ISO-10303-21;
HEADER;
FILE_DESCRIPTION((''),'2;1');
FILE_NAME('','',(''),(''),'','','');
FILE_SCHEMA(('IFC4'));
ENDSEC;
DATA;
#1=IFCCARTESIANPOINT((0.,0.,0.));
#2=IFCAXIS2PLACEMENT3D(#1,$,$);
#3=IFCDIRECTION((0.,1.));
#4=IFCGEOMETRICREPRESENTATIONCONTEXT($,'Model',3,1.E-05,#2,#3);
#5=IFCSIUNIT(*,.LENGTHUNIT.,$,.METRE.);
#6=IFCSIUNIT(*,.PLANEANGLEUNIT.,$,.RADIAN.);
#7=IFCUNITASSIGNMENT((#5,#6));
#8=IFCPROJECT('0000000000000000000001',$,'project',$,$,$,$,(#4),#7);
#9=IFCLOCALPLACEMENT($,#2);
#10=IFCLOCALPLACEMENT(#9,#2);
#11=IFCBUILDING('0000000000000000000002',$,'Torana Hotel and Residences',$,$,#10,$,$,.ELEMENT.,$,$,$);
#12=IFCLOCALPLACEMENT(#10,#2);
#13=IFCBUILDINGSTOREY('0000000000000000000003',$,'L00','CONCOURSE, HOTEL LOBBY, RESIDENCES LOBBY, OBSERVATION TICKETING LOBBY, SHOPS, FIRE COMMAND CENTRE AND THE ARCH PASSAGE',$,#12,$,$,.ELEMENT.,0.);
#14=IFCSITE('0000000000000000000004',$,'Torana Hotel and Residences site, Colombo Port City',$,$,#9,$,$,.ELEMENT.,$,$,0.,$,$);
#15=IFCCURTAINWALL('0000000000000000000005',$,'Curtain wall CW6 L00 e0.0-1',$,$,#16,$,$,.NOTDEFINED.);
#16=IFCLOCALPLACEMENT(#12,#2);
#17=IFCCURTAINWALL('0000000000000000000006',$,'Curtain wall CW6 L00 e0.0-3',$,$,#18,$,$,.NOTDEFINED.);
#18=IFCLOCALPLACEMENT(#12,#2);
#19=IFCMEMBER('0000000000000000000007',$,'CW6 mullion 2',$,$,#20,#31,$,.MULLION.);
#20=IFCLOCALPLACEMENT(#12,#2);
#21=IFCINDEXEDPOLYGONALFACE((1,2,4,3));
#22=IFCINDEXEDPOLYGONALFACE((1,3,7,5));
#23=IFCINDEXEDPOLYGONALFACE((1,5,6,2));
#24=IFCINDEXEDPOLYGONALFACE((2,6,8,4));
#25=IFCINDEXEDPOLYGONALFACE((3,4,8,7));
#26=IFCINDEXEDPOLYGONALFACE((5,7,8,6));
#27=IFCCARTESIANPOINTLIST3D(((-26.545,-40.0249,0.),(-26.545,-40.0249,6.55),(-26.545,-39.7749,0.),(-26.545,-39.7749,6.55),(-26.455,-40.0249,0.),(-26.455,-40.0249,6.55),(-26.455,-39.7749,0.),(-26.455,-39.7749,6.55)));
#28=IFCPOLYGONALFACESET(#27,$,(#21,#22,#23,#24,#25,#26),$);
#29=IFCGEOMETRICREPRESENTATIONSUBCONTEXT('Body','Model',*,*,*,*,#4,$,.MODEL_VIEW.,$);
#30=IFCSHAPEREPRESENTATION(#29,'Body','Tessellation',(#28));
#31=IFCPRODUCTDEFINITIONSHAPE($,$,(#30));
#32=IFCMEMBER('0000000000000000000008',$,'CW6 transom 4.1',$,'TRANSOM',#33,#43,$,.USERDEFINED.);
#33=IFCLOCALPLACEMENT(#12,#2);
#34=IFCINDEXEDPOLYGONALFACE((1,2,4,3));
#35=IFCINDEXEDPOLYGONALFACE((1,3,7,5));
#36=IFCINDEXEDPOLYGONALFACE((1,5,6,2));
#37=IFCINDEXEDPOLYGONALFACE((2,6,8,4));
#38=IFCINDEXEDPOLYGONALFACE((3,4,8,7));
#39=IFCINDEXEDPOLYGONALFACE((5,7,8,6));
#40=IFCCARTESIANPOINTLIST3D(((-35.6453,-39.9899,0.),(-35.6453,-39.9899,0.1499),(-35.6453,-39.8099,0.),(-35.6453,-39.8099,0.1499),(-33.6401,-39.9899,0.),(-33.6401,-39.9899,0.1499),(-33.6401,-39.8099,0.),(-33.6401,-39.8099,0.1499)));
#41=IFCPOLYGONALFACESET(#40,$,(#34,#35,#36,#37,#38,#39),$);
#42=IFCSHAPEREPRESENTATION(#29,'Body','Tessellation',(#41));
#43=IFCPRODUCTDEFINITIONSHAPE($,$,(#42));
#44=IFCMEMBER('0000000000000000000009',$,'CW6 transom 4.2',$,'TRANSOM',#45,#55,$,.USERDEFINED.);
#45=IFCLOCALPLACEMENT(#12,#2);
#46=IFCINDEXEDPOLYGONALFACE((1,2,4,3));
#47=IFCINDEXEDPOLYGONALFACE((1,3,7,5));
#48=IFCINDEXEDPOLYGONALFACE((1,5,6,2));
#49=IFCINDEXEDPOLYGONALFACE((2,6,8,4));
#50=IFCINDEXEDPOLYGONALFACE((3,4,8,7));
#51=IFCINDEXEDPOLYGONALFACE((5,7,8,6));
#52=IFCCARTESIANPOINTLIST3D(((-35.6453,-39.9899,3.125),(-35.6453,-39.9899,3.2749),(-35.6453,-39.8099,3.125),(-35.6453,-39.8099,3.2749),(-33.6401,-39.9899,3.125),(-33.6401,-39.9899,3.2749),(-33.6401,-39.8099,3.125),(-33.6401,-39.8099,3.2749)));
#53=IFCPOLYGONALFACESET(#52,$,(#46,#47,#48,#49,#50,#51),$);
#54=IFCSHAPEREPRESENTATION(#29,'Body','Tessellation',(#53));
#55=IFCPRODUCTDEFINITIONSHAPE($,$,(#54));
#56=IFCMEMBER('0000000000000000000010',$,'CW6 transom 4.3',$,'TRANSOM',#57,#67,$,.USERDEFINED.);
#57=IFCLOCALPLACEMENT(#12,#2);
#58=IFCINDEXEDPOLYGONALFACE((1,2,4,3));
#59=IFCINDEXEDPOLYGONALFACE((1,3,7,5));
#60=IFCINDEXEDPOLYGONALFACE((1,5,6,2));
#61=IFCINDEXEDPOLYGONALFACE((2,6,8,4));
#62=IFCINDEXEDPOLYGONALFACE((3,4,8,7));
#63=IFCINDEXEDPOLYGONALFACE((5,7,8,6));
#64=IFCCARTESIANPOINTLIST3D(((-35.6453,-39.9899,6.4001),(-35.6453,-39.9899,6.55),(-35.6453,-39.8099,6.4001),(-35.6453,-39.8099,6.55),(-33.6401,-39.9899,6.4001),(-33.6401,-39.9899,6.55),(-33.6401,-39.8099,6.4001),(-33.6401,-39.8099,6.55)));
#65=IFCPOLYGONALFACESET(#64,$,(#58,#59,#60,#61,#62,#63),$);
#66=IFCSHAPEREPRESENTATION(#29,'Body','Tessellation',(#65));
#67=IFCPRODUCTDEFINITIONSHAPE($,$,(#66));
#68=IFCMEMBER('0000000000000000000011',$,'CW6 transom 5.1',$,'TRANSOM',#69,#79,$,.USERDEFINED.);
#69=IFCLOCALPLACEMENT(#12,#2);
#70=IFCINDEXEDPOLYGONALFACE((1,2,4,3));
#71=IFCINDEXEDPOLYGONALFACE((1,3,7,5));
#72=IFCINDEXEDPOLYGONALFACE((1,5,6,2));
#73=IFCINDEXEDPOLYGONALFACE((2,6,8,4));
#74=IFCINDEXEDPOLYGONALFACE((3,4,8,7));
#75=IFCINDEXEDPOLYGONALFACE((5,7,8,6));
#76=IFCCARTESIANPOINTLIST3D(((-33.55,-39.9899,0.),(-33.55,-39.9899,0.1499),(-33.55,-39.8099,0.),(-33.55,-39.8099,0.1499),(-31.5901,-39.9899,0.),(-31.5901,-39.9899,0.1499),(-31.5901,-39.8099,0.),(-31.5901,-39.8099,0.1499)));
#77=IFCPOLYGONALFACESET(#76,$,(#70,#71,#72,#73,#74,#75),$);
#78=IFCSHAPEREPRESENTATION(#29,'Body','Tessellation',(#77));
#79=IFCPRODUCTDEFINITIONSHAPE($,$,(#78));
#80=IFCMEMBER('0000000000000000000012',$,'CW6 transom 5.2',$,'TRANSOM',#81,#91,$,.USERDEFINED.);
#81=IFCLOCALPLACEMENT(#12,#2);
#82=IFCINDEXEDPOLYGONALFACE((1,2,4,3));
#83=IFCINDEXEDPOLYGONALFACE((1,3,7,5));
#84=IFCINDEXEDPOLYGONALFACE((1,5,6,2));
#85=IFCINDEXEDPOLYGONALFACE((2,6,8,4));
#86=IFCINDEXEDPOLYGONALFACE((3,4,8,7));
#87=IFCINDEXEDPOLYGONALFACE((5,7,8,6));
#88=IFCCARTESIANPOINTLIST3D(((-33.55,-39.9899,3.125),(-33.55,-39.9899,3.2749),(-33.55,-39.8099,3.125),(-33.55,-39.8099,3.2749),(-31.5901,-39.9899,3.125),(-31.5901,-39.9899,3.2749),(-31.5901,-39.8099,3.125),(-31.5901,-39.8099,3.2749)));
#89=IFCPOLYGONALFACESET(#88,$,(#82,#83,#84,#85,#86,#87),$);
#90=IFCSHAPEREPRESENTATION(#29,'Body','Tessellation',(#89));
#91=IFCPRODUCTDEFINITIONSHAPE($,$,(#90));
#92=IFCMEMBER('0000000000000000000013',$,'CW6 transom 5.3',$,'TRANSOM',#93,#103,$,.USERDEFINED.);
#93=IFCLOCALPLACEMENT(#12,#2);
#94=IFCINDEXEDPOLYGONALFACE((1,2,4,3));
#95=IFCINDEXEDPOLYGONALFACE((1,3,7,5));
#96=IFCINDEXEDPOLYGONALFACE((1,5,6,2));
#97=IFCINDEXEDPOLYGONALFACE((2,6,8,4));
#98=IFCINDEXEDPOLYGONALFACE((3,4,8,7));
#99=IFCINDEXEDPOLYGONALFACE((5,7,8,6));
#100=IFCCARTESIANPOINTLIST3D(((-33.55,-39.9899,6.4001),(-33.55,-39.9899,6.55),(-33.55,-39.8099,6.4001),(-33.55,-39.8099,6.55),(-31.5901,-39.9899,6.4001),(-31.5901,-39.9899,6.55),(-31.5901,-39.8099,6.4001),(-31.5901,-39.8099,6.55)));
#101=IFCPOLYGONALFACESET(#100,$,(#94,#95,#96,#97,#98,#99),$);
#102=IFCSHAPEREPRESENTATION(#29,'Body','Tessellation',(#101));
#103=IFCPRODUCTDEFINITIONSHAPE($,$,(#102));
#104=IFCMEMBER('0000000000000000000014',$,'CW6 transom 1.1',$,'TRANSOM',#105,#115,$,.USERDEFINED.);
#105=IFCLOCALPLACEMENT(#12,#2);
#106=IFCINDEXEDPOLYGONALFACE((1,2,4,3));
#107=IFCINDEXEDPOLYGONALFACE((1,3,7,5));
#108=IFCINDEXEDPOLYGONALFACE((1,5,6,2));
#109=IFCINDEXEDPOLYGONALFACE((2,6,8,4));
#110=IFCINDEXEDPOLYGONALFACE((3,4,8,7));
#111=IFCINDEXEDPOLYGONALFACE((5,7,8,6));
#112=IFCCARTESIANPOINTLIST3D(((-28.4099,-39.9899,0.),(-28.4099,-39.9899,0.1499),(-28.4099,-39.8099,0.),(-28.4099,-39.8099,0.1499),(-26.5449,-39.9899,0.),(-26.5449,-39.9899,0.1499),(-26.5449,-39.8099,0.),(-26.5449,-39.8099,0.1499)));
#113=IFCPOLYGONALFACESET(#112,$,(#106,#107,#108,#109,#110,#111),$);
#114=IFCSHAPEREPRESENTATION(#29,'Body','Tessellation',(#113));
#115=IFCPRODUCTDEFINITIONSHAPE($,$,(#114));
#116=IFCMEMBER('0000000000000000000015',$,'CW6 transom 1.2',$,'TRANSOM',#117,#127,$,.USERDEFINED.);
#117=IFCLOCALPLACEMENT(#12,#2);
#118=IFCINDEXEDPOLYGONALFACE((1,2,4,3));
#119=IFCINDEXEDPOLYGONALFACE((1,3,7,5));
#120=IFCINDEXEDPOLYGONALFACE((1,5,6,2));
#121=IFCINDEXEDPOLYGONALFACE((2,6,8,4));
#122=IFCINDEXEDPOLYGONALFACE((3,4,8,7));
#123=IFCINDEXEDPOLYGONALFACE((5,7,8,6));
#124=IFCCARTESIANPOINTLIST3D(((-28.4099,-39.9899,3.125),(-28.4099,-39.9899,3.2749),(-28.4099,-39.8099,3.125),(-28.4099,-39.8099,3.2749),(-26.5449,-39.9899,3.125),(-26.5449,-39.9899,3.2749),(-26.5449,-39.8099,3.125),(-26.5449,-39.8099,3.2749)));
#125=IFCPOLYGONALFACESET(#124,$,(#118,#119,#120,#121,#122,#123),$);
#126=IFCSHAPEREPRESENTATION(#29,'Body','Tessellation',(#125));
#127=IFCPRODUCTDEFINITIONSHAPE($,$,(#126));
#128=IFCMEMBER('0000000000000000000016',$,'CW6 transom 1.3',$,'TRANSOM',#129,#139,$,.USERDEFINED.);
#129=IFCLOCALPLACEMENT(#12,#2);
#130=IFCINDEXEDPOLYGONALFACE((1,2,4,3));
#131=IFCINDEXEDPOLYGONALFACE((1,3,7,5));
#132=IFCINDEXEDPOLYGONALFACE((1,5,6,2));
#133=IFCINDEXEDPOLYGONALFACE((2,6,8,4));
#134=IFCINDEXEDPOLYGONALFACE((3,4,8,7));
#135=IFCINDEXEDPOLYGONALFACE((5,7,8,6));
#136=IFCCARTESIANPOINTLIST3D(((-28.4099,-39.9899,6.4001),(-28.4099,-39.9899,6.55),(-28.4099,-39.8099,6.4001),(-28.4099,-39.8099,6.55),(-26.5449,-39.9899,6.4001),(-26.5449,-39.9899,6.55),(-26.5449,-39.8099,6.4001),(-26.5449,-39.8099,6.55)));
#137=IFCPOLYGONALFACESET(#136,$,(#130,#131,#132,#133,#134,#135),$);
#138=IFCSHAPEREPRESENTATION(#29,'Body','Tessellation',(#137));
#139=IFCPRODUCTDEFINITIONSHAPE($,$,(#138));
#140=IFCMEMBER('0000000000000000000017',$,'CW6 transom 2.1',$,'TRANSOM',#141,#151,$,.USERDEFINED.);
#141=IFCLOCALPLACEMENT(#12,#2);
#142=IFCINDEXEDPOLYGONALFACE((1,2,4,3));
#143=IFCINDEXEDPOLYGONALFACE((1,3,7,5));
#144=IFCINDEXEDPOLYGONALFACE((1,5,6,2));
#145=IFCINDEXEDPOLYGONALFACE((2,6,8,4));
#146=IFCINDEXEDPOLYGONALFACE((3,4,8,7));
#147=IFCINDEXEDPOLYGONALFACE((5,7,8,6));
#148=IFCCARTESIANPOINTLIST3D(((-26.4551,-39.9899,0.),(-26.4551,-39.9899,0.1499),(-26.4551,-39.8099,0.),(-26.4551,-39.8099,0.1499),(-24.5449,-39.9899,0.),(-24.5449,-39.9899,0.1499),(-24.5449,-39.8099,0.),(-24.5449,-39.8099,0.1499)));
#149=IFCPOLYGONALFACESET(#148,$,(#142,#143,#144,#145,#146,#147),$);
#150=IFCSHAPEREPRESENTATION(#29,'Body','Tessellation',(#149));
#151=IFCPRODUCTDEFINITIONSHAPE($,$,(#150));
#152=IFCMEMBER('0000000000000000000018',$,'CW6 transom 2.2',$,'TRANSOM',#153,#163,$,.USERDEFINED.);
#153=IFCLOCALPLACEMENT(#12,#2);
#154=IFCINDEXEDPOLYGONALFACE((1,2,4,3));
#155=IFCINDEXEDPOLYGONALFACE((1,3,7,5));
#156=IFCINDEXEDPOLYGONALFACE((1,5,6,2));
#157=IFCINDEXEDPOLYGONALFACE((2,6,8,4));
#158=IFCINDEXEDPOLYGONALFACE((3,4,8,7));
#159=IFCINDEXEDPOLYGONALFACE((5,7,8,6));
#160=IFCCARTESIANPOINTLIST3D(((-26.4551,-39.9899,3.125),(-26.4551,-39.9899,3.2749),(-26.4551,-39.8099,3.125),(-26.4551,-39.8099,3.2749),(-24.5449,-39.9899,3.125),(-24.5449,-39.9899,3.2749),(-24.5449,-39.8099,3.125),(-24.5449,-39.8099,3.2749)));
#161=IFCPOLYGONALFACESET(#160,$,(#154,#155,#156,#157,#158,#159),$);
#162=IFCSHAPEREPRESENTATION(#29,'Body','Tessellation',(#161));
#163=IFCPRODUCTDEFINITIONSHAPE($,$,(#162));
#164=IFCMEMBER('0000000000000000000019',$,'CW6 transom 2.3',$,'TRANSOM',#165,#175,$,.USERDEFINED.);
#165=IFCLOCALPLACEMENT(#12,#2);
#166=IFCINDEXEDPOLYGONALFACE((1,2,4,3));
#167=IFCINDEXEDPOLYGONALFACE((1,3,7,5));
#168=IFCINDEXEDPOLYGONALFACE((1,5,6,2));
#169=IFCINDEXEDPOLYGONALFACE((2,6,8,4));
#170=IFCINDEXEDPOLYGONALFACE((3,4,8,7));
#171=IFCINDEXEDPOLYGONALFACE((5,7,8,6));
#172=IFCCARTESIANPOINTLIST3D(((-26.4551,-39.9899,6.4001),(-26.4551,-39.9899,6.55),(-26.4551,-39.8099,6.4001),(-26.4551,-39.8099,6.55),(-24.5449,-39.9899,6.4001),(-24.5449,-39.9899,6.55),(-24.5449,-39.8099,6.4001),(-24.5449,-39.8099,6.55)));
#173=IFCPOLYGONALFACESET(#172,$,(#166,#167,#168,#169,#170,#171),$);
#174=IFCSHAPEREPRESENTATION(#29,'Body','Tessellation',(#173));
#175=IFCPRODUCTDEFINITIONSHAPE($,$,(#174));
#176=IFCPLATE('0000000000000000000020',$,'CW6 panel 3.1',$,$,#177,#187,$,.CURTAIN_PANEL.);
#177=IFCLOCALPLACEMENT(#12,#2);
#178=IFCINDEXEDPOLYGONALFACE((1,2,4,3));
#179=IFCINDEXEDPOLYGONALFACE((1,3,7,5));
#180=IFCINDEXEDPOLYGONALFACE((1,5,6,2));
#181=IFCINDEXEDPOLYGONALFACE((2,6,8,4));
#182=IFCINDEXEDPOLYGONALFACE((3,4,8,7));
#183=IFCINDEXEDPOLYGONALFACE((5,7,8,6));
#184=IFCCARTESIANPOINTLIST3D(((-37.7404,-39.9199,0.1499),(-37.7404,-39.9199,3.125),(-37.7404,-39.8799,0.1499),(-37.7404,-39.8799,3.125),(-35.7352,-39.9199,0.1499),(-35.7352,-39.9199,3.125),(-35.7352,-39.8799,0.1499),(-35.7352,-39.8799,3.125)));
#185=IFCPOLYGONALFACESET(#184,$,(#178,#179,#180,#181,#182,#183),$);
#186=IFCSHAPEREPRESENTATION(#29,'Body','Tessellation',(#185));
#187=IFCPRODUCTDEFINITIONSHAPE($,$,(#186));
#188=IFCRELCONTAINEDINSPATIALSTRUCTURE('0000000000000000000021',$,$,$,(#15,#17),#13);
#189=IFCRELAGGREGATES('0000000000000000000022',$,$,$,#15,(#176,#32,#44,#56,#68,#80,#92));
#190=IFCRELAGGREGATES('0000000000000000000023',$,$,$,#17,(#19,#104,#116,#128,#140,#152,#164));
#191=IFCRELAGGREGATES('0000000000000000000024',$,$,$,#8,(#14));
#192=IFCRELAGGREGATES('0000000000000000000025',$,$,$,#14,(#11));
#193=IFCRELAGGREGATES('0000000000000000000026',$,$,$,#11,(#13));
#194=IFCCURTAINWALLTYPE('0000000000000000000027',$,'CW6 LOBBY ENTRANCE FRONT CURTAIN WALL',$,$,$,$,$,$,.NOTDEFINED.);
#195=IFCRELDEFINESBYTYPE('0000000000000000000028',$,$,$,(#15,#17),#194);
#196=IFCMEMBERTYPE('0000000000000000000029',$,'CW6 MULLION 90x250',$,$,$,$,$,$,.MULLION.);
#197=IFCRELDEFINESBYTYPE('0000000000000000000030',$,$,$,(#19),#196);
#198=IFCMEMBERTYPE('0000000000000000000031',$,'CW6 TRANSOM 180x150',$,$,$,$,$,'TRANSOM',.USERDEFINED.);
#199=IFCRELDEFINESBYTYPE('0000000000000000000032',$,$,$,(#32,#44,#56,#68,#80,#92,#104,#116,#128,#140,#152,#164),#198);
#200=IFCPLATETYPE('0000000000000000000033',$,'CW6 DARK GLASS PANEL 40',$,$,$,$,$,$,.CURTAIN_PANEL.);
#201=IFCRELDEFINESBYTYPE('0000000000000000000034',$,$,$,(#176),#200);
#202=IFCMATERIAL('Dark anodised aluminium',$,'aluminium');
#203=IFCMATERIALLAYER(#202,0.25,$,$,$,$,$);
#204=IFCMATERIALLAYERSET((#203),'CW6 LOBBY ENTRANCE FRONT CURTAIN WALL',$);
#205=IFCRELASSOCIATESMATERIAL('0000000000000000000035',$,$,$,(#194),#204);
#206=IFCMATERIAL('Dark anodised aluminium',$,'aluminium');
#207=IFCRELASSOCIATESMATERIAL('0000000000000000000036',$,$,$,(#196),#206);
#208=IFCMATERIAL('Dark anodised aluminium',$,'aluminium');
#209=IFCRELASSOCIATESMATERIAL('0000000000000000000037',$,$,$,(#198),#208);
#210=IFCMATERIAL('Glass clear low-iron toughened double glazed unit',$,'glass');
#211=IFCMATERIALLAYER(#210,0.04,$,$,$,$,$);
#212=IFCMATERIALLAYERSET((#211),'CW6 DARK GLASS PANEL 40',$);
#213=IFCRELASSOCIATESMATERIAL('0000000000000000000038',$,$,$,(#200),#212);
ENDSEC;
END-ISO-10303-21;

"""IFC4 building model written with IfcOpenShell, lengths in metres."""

from ifc_helpers import new_model, si_unit, direction, frame, origin, origin_2d, place, context, subcontext, project, spatial, rectangle, extrude, material, layer, layer_set, material_profile, profile_set, type_object, element, aggregate, save


model = new_model("IFC4")

# Units and contexts
model_context = context("Model", 3, precision=1e-05, world=origin(), true_north=direction((0.0, 1.0)))
body_context = subcontext(model_context, "Body", "Model", "MODEL_VIEW")
ifc_project = project(units=[si_unit("LENGTHUNIT", "METRE"), si_unit("PLANEANGLEUNIT", "RADIAN")], contexts=[model_context])

# Site, building, storey
site_placement = place(None, origin())
site = spatial("IfcSite", under=ifc_project, at=site_placement, Name="Torana Hotel and Residences site, Colombo Port City", CompositionType="ELEMENT", RefElevation=0.0)
building_placement = place(site_placement, origin())
building = spatial("IfcBuilding", under=site, at=building_placement, Name="Torana Hotel and Residences", CompositionType="ELEMENT")
storey_placement = place(building_placement, origin())
storey = spatial("IfcBuildingStorey", under=building, at=storey_placement, Name="L00", Description="CONCOURSE, HOTEL LOBBY, RESIDENCES LOBBY, OBSERVATION TICKETING LOBBY, SHOPS, FIRE COMMAND CENTRE AND THE ARCH PASSAGE", CompositionType="ELEMENT", Elevation=0.0)

# Curtain walls, member
ifc_material_1 = material(Name="Dark anodised aluminium", Category="aluminium")
ifc_layer_1 = layer(ifc_material_1, 0.25)
ifc_layer_set_1 = layer_set([ifc_layer_1], Name="CW6 LOBBY ENTRANCE FRONT CURTAIN WALL")
curtain_wall_type = type_object("IfcCurtainWallType", Name="CW6 LOBBY ENTRANCE FRONT CURTAIN WALL", PredefinedType="NOTDEFINED", material=ifc_layer_set_1)
curtain_wall_1_placement = place(storey_placement, origin())
curtain_wall_1 = element("IfcCurtainWall", 1, at=curtain_wall_1_placement, inside=storey, type_object=curtain_wall_type, Name="Curtain wall CW6 L00 e0.0-1", PredefinedType="NOTDEFINED")
ifc_material_2 = material(Name="Dark anodised aluminium", Category="aluminium")
ifc_material_profile_1 = material_profile(ifc_material_2, rectangle(XDim=0.25, YDim=0.0901, at=origin_2d()), Name="CW6 MULLION 90x250")
ifc_profile_set_1 = profile_set([ifc_material_profile_1], Name="Dark anodised aluminium")
member_type_1 = type_object("IfcMemberType", Name="CW6 MULLION 90x250", PredefinedType="MULLION", material=ifc_profile_set_1)
curtain_wall_2_placement = place(storey_placement, origin())
curtain_wall_2 = element("IfcCurtainWall", 2, at=curtain_wall_2_placement, inside=storey, type_object=curtain_wall_type, Name="Curtain wall CW6 L00 e0.0-3", PredefinedType="NOTDEFINED")
member_1_placement = place(storey_placement, frame((-26.5, -39.8999, 0.0), z_axis=(0.0, 0.0, 1.0), x_axis=(0.0, 1.0, 0.0)))
member_1 = element("IfcMember", 3, at=member_1_placement, type_object=member_type_1, Name="CW6 mullion 2", PredefinedType="MULLION", context=body_context, shape_type="SweptSolid", body=[
    extrude(rectangle(XDim=0.25, YDim=0.0901, at=origin_2d()), origin(), (0.0, 0.0, 1.0), 6.55),
])

# Members
ifc_material_3 = material(Name="Dark anodised aluminium", Category="aluminium")
ifc_material_profile_2 = material_profile(ifc_material_3, rectangle(XDim=0.1799, YDim=0.1499, at=origin_2d()), Name="CW6 TRANSOM 180x150")
ifc_profile_set_2 = profile_set([ifc_material_profile_2], Name="Dark anodised aluminium")
member_type_2 = type_object("IfcMemberType", Name="CW6 TRANSOM 180x150", ElementType="TRANSOM", PredefinedType="USERDEFINED", material=ifc_profile_set_2)
member_2_placement = place(storey_placement, frame((-35.6453, -39.8999, 0.075), z_axis=(1.0, 0.0, 0.0), x_axis=(0.0, 1.0, 0.0)))
member_2 = element("IfcMember", 4, at=member_2_placement, type_object=member_type_2, Name="CW6 transom 4.1", ObjectType="TRANSOM", PredefinedType="USERDEFINED", context=body_context, shape_type="SweptSolid", body=[
    extrude(rectangle(XDim=0.1799, YDim=0.1499, at=origin_2d()), origin(), (0.0, 0.0, 1.0), 2.0051),
])
member_3_placement = place(storey_placement, frame((-35.6453, -39.8999, 3.2), z_axis=(1.0, 0.0, 0.0), x_axis=(0.0, 1.0, 0.0)))
member_3 = element("IfcMember", 5, at=member_3_placement, type_object=member_type_2, Name="CW6 transom 4.2", ObjectType="TRANSOM", PredefinedType="USERDEFINED", context=body_context, shape_type="SweptSolid", body=[
    extrude(rectangle(XDim=0.1799, YDim=0.1499, at=origin_2d()), origin(), (0.0, 0.0, 1.0), 2.0051),
])
member_4_placement = place(storey_placement, frame((-35.6453, -39.8999, 6.4751), z_axis=(1.0, 0.0, 0.0), x_axis=(0.0, 1.0, 0.0)))
member_4 = element("IfcMember", 6, at=member_4_placement, type_object=member_type_2, Name="CW6 transom 4.3", ObjectType="TRANSOM", PredefinedType="USERDEFINED", context=body_context, shape_type="SweptSolid", body=[
    extrude(rectangle(XDim=0.1799, YDim=0.1499, at=origin_2d()), origin(), (0.0, 0.0, 1.0), 2.0051),
])
member_5_placement = place(storey_placement, frame((-33.55, -39.8999, 0.075), z_axis=(1.0, 0.0, 0.0), x_axis=(0.0, 1.0, 0.0)))
member_5 = element("IfcMember", 7, at=member_5_placement, type_object=member_type_2, Name="CW6 transom 5.1", ObjectType="TRANSOM", PredefinedType="USERDEFINED", context=body_context, shape_type="SweptSolid", body=[
    extrude(rectangle(XDim=0.1799, YDim=0.1499, at=origin_2d()), origin(), (0.0, 0.0, 1.0), 1.96),
])
member_6_placement = place(storey_placement, frame((-33.55, -39.8999, 3.2), z_axis=(1.0, 0.0, 0.0), x_axis=(0.0, 1.0, 0.0)))
member_6 = element("IfcMember", 8, at=member_6_placement, type_object=member_type_2, Name="CW6 transom 5.2", ObjectType="TRANSOM", PredefinedType="USERDEFINED", context=body_context, shape_type="SweptSolid", body=[
    extrude(rectangle(XDim=0.1799, YDim=0.1499, at=origin_2d()), origin(), (0.0, 0.0, 1.0), 1.96),
])
member_7_placement = place(storey_placement, frame((-33.55, -39.8999, 6.4751), z_axis=(1.0, 0.0, 0.0), x_axis=(0.0, 1.0, 0.0)))
member_7 = element("IfcMember", 9, at=member_7_placement, type_object=member_type_2, Name="CW6 transom 5.3", ObjectType="TRANSOM", PredefinedType="USERDEFINED", context=body_context, shape_type="SweptSolid", body=[
    extrude(rectangle(XDim=0.1799, YDim=0.1499, at=origin_2d()), origin(), (0.0, 0.0, 1.0), 1.96),
])
member_8_placement = place(storey_placement, frame((-28.4099, -39.8999, 0.075), z_axis=(1.0, 0.0, 0.0), x_axis=(0.0, 1.0, 0.0)))
member_8 = element("IfcMember", 10, at=member_8_placement, type_object=member_type_2, Name="CW6 transom 1.1", ObjectType="TRANSOM", PredefinedType="USERDEFINED", context=body_context, shape_type="SweptSolid", body=[
    extrude(rectangle(XDim=0.1799, YDim=0.1499, at=origin_2d()), origin(), (0.0, 0.0, 1.0), 1.865),
])
member_9_placement = place(storey_placement, frame((-28.4099, -39.8999, 3.2), z_axis=(1.0, 0.0, 0.0), x_axis=(0.0, 1.0, 0.0)))
member_9 = element("IfcMember", 11, at=member_9_placement, type_object=member_type_2, Name="CW6 transom 1.2", ObjectType="TRANSOM", PredefinedType="USERDEFINED", context=body_context, shape_type="SweptSolid", body=[
    extrude(rectangle(XDim=0.1799, YDim=0.1499, at=origin_2d()), origin(), (0.0, 0.0, 1.0), 1.865),
])
member_10_placement = place(storey_placement, frame((-28.4099, -39.8999, 6.4751), z_axis=(1.0, 0.0, 0.0), x_axis=(0.0, 1.0, 0.0)))
member_10 = element("IfcMember", 12, at=member_10_placement, type_object=member_type_2, Name="CW6 transom 1.3", ObjectType="TRANSOM", PredefinedType="USERDEFINED", context=body_context, shape_type="SweptSolid", body=[
    extrude(rectangle(XDim=0.1799, YDim=0.1499, at=origin_2d()), origin(), (0.0, 0.0, 1.0), 1.865),
])
member_11_placement = place(storey_placement, frame((-26.4551, -39.8999, 0.075), z_axis=(1.0, 0.0, 0.0), x_axis=(0.0, 1.0, 0.0)))
member_11 = element("IfcMember", 13, at=member_11_placement, type_object=member_type_2, Name="CW6 transom 2.1", ObjectType="TRANSOM", PredefinedType="USERDEFINED", context=body_context, shape_type="SweptSolid", body=[
    extrude(rectangle(XDim=0.1799, YDim=0.1499, at=origin_2d()), origin(), (0.0, 0.0, 1.0), 1.9102),
])
member_12_placement = place(storey_placement, frame((-26.4551, -39.8999, 3.2), z_axis=(1.0, 0.0, 0.0), x_axis=(0.0, 1.0, 0.0)))
member_12 = element("IfcMember", 14, at=member_12_placement, type_object=member_type_2, Name="CW6 transom 2.2", ObjectType="TRANSOM", PredefinedType="USERDEFINED", context=body_context, shape_type="SweptSolid", body=[
    extrude(rectangle(XDim=0.1799, YDim=0.1499, at=origin_2d()), origin(), (0.0, 0.0, 1.0), 1.9102),
])
member_13_placement = place(storey_placement, frame((-26.4551, -39.8999, 6.4751), z_axis=(1.0, 0.0, 0.0), x_axis=(0.0, 1.0, 0.0)))
member_13 = element("IfcMember", 15, at=member_13_placement, type_object=member_type_2, Name="CW6 transom 2.3", ObjectType="TRANSOM", PredefinedType="USERDEFINED", context=body_context, shape_type="SweptSolid", body=[
    extrude(rectangle(XDim=0.1799, YDim=0.1499, at=origin_2d()), origin(), (0.0, 0.0, 1.0), 1.9102),
])

# Plate
ifc_material_4 = material(Name="Glass clear low-iron toughened double glazed unit", Category="glass")
ifc_layer_2 = layer(ifc_material_4, 0.04)
ifc_layer_set_2 = layer_set([ifc_layer_2], Name="CW6 DARK GLASS PANEL 40")
plate_type = type_object("IfcPlateType", Name="CW6 DARK GLASS PANEL 40", PredefinedType="CURTAIN_PANEL", material=ifc_layer_set_2)
plate_1_placement = place(storey_placement, frame((-36.7378, -39.8999, 0.1499), z_axis=(0.0, 0.0, 1.0), x_axis=(1.0, 0.0, 0.0)))
plate_1 = element("IfcPlate", 16, at=plate_1_placement, type_object=plate_type, Name="CW6 panel 3.1", PredefinedType="CURTAIN_PANEL", context=body_context, shape_type="SweptSolid", body=[
    extrude(rectangle(XDim=2.0051, YDim=0.04, at=origin_2d()), origin(), (0.0, 0.0, 1.0), 2.9751),
])
aggregate(curtain_wall_1, [plate_1, member_2, member_3, member_4, member_5, member_6, member_7])
aggregate(curtain_wall_2, [member_1, member_8, member_9, member_10, member_11, member_12, member_13])

save(model, "model.ifc")
